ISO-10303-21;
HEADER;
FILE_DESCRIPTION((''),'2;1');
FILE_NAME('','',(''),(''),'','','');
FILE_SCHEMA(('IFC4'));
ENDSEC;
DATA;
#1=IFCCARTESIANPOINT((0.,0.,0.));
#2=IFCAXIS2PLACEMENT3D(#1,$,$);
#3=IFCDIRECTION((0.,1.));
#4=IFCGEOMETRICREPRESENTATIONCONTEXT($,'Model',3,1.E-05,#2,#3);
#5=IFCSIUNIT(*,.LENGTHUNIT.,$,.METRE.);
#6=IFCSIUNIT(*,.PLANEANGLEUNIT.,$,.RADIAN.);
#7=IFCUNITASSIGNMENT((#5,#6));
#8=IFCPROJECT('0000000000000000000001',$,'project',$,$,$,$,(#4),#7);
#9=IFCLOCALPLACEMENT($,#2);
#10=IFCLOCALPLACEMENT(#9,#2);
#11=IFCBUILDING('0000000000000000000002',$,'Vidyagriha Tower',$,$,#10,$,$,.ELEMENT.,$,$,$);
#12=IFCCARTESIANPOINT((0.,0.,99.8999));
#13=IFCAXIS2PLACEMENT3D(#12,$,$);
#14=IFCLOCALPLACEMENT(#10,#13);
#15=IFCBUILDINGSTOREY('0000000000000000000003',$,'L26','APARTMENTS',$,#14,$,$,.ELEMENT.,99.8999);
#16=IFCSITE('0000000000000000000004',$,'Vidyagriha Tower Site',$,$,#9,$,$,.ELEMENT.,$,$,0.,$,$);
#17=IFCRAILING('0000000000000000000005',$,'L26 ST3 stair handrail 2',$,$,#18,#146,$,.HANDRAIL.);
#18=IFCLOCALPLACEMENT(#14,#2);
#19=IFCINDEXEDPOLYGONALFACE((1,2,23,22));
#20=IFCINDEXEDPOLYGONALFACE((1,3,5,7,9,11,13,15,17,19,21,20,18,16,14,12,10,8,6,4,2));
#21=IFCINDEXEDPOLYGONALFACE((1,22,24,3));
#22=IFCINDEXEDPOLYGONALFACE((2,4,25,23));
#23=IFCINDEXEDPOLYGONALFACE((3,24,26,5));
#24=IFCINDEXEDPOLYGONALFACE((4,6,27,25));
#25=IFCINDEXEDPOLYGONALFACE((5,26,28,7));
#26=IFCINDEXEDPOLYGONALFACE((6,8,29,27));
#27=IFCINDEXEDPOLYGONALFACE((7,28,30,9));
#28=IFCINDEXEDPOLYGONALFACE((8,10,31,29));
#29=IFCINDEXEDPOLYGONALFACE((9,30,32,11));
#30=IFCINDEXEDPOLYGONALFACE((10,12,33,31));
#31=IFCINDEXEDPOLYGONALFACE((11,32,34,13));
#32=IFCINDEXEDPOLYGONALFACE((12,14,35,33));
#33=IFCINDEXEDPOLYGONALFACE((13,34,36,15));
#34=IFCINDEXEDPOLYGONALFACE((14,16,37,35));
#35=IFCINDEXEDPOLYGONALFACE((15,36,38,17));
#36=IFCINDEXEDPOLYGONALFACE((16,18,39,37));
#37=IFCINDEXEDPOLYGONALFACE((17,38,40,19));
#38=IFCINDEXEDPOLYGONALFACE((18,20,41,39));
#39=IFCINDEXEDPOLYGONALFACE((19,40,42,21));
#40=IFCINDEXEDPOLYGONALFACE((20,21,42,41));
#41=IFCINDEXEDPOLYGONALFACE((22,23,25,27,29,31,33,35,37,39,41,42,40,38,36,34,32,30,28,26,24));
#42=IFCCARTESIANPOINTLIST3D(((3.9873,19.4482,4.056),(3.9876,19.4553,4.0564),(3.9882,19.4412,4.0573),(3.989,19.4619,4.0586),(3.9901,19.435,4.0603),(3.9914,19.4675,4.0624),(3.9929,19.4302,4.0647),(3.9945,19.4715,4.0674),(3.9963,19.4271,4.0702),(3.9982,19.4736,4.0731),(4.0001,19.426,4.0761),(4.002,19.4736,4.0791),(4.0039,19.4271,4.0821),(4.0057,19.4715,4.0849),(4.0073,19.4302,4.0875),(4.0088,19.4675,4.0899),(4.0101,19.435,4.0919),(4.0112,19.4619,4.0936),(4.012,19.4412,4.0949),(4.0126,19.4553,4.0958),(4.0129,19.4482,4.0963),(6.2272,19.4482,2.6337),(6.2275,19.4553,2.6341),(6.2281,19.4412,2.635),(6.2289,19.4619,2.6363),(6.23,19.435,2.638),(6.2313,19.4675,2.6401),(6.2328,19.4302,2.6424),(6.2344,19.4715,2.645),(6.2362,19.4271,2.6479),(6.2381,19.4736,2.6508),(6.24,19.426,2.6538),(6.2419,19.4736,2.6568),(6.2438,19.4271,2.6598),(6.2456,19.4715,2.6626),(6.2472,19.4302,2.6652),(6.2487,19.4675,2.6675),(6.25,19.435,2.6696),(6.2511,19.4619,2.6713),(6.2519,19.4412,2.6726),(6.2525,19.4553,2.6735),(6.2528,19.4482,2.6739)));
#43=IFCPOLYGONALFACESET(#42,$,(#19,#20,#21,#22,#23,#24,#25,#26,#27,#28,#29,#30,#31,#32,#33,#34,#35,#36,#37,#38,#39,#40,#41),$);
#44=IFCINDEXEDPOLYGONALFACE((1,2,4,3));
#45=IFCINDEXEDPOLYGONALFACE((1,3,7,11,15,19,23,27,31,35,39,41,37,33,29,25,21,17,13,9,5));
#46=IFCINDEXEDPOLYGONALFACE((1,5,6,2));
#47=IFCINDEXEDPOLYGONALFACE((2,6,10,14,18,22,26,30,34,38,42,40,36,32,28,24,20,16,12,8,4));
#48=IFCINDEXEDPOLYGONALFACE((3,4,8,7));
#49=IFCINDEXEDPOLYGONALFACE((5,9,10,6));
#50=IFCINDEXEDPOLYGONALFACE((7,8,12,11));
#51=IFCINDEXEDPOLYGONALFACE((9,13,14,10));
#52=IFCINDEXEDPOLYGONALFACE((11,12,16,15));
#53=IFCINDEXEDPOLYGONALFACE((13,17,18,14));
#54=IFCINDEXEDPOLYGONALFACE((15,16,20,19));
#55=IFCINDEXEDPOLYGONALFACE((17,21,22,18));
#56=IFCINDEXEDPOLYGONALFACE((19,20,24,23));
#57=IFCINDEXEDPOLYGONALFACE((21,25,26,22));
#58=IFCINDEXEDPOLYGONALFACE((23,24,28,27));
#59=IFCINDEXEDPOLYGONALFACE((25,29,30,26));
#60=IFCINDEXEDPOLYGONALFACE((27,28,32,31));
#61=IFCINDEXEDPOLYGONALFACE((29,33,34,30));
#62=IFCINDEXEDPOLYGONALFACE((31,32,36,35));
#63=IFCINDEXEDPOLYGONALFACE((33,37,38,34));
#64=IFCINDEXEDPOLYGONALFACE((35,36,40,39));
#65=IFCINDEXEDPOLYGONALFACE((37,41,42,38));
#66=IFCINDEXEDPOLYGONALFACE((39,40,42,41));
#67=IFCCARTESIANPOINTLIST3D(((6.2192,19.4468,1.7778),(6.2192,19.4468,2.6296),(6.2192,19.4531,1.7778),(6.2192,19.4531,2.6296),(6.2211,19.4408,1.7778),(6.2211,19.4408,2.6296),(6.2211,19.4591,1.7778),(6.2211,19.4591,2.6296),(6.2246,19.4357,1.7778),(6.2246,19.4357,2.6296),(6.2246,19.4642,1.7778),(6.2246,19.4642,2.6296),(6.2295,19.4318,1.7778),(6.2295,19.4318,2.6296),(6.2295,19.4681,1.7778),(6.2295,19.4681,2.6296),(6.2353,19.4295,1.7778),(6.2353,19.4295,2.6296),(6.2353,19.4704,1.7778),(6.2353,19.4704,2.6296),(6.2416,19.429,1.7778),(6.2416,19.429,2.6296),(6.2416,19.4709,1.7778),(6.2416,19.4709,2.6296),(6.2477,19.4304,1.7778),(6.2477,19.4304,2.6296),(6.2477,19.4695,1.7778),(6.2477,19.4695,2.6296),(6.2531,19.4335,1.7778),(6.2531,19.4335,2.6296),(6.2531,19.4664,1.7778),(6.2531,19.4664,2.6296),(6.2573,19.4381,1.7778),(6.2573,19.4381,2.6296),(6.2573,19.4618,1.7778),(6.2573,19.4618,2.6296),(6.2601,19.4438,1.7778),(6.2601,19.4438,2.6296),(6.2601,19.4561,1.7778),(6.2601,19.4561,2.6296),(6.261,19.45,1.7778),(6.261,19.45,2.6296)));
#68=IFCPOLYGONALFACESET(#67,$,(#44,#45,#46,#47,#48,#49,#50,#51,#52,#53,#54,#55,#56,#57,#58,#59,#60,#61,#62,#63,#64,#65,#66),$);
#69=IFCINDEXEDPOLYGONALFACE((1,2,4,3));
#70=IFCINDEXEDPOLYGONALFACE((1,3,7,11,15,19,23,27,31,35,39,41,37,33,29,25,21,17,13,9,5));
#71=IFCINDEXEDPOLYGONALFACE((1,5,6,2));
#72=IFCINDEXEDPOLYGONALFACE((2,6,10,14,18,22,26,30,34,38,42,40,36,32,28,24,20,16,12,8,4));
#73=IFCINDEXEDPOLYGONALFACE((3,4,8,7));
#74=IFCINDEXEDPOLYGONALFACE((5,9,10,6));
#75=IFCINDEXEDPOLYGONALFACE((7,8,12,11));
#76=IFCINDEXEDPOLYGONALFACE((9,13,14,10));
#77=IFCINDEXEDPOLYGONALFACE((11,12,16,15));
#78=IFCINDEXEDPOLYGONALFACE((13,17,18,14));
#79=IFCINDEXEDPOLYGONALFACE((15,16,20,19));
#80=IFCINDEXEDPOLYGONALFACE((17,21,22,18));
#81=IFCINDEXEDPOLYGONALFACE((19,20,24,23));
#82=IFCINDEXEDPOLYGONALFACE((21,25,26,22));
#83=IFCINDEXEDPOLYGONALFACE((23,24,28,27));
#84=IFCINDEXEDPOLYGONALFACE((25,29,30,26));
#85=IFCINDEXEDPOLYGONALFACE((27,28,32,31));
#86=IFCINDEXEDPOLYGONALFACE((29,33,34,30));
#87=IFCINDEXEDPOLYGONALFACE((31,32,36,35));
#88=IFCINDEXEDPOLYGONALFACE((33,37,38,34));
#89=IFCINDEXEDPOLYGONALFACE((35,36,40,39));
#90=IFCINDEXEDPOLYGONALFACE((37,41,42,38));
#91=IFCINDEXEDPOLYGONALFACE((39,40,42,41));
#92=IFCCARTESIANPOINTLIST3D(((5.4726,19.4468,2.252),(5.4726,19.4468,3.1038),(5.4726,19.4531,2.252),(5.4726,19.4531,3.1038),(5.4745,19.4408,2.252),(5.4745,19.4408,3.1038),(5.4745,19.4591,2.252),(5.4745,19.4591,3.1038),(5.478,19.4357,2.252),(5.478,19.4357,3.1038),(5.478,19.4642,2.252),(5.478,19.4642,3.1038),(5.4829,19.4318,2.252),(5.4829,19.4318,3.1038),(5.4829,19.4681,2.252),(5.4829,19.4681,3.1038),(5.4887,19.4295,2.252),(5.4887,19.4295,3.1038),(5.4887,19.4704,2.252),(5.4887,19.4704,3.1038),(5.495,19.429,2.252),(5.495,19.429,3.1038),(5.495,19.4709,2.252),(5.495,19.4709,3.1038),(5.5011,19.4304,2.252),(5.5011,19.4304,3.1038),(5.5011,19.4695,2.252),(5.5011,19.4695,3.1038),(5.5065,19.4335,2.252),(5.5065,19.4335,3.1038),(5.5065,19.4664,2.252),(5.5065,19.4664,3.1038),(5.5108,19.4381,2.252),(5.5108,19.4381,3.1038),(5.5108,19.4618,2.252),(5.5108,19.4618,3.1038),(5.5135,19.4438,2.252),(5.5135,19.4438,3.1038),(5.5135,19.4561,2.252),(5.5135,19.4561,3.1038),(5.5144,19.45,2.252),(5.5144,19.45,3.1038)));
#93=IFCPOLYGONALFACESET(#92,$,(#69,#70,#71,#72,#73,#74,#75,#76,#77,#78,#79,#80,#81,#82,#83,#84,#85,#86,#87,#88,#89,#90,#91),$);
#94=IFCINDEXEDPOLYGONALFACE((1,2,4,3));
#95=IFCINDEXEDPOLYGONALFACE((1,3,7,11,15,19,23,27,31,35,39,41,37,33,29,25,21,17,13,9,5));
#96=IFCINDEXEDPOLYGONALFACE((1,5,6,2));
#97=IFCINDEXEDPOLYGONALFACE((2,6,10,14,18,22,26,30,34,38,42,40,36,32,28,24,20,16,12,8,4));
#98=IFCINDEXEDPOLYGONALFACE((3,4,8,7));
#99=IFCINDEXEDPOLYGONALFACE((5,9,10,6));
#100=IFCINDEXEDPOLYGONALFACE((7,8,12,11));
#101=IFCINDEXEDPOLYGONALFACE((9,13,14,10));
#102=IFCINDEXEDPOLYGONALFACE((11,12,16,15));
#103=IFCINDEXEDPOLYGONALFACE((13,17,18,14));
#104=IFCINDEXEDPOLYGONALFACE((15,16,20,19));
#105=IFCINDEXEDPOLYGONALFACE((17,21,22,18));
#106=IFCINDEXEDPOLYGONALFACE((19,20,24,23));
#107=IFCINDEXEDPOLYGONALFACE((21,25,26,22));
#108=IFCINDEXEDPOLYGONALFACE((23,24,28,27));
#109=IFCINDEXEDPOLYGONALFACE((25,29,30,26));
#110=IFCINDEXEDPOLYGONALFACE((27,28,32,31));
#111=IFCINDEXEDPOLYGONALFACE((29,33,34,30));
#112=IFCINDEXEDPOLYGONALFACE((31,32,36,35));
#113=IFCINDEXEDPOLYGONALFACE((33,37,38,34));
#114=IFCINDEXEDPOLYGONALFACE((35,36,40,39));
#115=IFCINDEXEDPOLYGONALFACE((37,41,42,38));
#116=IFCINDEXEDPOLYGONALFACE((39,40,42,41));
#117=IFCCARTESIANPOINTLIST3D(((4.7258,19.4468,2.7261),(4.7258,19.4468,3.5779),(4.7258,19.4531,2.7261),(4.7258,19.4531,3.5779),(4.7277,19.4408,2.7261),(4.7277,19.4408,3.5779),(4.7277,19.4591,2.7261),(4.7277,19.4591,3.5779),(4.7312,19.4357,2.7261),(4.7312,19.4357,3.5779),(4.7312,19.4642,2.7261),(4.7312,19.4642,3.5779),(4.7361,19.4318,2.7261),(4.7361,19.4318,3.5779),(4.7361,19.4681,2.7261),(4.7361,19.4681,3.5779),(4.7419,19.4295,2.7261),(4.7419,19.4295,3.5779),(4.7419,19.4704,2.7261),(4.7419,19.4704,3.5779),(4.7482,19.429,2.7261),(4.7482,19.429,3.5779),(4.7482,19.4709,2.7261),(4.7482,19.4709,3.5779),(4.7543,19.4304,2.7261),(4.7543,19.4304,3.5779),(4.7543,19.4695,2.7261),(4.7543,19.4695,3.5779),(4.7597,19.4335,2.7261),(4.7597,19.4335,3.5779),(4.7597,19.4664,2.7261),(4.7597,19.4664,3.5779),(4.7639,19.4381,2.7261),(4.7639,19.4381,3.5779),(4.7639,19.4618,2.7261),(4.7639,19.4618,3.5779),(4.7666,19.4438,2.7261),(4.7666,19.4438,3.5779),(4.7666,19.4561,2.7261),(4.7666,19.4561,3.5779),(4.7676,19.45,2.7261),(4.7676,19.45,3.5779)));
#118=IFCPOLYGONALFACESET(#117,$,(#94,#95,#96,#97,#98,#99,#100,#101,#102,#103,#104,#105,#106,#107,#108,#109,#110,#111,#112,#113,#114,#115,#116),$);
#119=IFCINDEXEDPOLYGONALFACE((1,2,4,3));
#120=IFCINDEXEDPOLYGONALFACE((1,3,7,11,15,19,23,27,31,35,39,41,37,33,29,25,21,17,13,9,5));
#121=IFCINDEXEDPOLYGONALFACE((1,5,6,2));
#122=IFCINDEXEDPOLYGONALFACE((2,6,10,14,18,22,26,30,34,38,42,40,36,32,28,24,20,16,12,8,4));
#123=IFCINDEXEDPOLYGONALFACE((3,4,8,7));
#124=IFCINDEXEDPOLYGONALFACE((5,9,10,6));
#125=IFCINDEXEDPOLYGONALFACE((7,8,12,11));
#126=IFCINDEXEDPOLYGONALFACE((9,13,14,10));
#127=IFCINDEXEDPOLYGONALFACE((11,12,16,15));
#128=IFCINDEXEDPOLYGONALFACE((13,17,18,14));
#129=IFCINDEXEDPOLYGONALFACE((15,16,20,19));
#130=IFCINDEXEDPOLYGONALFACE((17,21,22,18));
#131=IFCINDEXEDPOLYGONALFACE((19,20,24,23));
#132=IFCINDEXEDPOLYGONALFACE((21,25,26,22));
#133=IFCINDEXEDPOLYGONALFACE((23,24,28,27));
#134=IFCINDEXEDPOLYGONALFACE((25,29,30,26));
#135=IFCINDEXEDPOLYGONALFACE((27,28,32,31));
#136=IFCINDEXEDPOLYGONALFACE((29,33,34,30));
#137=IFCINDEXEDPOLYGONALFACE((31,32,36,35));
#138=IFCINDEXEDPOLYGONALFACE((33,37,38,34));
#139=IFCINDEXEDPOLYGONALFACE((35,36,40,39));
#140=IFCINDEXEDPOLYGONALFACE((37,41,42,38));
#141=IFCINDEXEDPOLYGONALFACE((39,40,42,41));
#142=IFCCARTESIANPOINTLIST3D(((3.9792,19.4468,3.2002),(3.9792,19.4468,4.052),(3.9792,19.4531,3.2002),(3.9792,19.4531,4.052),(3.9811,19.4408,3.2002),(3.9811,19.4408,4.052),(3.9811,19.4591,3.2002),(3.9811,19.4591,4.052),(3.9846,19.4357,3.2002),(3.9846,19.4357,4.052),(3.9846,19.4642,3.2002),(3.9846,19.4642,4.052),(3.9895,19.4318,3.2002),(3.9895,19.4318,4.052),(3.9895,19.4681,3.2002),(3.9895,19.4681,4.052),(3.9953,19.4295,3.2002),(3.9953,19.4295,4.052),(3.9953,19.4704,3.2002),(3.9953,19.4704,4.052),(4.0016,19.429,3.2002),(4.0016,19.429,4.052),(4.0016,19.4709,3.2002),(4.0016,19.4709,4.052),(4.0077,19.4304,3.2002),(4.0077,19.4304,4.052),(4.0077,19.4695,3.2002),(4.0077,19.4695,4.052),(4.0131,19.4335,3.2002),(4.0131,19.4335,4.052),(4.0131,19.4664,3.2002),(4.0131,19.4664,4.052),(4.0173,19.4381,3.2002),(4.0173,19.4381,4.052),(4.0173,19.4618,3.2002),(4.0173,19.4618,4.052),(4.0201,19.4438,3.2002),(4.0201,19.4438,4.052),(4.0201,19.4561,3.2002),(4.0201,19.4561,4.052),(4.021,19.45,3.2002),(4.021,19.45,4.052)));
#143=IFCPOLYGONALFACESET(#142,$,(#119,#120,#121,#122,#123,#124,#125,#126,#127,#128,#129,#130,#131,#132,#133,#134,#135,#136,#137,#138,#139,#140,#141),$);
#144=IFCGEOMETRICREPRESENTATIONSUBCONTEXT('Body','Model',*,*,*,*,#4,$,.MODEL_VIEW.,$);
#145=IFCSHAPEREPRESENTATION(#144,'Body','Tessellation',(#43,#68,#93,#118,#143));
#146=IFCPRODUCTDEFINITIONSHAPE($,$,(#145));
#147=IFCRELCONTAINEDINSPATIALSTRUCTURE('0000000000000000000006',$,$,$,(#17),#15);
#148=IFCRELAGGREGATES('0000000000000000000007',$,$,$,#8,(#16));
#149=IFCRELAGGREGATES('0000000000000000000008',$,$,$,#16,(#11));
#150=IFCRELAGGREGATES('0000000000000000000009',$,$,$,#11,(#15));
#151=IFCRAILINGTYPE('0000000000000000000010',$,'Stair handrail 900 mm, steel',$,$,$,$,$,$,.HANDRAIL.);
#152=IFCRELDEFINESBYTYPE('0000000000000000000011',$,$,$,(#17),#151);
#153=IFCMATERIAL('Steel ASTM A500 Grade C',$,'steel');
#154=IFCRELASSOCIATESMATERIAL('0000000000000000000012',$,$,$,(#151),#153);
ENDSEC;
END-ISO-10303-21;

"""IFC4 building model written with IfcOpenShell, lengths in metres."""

from ifc_helpers import new_model, si_unit, direction, frame, origin, origin_2d, place, context, subcontext, project, spatial, circle, extrude, material, type_object, element, save


model = new_model("IFC4")

# Units and contexts
model_context = context("Model", 3, precision=1e-05, world=origin(), true_north=direction((0.0, 1.0)))
body_context = subcontext(model_context, "Body", "Model", "MODEL_VIEW")
ifc_project = project(units=[si_unit("LENGTHUNIT", "METRE"), si_unit("PLANEANGLEUNIT", "RADIAN")], contexts=[model_context])

# Site, building, storey
site_placement = place(None, origin())
site = spatial("IfcSite", under=ifc_project, at=site_placement, Name="Vidyagriha Tower Site", CompositionType="ELEMENT", RefElevation=0.0)
building_placement = place(site_placement, origin())
building = spatial("IfcBuilding", under=site, at=building_placement, Name="Vidyagriha Tower", CompositionType="ELEMENT")
storey_placement = place(building_placement, frame((0.0, 0.0, 99.8999)))
storey = spatial("IfcBuildingStorey", under=building, at=storey_placement, Name="L26", Description="APARTMENTS", CompositionType="ELEMENT", Elevation=99.8999)

# Railing
ifc_material_1 = material(Name="Steel ASTM A500 Grade C", Category="steel")
railing_type_1 = type_object("IfcRailingType", Name="Stair handrail 900 mm, steel", PredefinedType="HANDRAIL", material=ifc_material_1)
railing_1_placement = place(storey_placement, frame((6.24, 19.45, 1.7778)))
element("IfcRailing", 1, at=railing_1_placement, inside=storey, type_object=railing_type_1, Name="L26 ST3 stair handrail 2", PredefinedType="HANDRAIL", context=body_context, shape_type="SweptSolid", body=[
    extrude(circle(Radius=0.0239, at=origin_2d()), frame((0.0, 0.0, 0.876), z_axis=(-0.844188, 0.0, 0.536048), x_axis=(0.0, -1.0, 0.0)), (0.0, 0.0, 1.0), 2.6533),
    extrude(circle(Radius=0.021, at=origin_2d()), origin(), (0.0, 0.0, 1.0), 0.8518),
    extrude(circle(Radius=0.021, at=origin_2d()), frame((-0.7466, 0.0, 0.4741)), (0.0, 0.0, 1.0), 0.8518),
    extrude(circle(Radius=0.021, at=origin_2d()), frame((-1.4934, 0.0, 0.9482)), (0.0, 0.0, 1.0), 0.8518),
    extrude(circle(Radius=0.021, at=origin_2d()), frame((-2.24, 0.0, 1.4224)), (0.0, 0.0, 1.0), 0.8518),
])

save(model, "model.ifc")
